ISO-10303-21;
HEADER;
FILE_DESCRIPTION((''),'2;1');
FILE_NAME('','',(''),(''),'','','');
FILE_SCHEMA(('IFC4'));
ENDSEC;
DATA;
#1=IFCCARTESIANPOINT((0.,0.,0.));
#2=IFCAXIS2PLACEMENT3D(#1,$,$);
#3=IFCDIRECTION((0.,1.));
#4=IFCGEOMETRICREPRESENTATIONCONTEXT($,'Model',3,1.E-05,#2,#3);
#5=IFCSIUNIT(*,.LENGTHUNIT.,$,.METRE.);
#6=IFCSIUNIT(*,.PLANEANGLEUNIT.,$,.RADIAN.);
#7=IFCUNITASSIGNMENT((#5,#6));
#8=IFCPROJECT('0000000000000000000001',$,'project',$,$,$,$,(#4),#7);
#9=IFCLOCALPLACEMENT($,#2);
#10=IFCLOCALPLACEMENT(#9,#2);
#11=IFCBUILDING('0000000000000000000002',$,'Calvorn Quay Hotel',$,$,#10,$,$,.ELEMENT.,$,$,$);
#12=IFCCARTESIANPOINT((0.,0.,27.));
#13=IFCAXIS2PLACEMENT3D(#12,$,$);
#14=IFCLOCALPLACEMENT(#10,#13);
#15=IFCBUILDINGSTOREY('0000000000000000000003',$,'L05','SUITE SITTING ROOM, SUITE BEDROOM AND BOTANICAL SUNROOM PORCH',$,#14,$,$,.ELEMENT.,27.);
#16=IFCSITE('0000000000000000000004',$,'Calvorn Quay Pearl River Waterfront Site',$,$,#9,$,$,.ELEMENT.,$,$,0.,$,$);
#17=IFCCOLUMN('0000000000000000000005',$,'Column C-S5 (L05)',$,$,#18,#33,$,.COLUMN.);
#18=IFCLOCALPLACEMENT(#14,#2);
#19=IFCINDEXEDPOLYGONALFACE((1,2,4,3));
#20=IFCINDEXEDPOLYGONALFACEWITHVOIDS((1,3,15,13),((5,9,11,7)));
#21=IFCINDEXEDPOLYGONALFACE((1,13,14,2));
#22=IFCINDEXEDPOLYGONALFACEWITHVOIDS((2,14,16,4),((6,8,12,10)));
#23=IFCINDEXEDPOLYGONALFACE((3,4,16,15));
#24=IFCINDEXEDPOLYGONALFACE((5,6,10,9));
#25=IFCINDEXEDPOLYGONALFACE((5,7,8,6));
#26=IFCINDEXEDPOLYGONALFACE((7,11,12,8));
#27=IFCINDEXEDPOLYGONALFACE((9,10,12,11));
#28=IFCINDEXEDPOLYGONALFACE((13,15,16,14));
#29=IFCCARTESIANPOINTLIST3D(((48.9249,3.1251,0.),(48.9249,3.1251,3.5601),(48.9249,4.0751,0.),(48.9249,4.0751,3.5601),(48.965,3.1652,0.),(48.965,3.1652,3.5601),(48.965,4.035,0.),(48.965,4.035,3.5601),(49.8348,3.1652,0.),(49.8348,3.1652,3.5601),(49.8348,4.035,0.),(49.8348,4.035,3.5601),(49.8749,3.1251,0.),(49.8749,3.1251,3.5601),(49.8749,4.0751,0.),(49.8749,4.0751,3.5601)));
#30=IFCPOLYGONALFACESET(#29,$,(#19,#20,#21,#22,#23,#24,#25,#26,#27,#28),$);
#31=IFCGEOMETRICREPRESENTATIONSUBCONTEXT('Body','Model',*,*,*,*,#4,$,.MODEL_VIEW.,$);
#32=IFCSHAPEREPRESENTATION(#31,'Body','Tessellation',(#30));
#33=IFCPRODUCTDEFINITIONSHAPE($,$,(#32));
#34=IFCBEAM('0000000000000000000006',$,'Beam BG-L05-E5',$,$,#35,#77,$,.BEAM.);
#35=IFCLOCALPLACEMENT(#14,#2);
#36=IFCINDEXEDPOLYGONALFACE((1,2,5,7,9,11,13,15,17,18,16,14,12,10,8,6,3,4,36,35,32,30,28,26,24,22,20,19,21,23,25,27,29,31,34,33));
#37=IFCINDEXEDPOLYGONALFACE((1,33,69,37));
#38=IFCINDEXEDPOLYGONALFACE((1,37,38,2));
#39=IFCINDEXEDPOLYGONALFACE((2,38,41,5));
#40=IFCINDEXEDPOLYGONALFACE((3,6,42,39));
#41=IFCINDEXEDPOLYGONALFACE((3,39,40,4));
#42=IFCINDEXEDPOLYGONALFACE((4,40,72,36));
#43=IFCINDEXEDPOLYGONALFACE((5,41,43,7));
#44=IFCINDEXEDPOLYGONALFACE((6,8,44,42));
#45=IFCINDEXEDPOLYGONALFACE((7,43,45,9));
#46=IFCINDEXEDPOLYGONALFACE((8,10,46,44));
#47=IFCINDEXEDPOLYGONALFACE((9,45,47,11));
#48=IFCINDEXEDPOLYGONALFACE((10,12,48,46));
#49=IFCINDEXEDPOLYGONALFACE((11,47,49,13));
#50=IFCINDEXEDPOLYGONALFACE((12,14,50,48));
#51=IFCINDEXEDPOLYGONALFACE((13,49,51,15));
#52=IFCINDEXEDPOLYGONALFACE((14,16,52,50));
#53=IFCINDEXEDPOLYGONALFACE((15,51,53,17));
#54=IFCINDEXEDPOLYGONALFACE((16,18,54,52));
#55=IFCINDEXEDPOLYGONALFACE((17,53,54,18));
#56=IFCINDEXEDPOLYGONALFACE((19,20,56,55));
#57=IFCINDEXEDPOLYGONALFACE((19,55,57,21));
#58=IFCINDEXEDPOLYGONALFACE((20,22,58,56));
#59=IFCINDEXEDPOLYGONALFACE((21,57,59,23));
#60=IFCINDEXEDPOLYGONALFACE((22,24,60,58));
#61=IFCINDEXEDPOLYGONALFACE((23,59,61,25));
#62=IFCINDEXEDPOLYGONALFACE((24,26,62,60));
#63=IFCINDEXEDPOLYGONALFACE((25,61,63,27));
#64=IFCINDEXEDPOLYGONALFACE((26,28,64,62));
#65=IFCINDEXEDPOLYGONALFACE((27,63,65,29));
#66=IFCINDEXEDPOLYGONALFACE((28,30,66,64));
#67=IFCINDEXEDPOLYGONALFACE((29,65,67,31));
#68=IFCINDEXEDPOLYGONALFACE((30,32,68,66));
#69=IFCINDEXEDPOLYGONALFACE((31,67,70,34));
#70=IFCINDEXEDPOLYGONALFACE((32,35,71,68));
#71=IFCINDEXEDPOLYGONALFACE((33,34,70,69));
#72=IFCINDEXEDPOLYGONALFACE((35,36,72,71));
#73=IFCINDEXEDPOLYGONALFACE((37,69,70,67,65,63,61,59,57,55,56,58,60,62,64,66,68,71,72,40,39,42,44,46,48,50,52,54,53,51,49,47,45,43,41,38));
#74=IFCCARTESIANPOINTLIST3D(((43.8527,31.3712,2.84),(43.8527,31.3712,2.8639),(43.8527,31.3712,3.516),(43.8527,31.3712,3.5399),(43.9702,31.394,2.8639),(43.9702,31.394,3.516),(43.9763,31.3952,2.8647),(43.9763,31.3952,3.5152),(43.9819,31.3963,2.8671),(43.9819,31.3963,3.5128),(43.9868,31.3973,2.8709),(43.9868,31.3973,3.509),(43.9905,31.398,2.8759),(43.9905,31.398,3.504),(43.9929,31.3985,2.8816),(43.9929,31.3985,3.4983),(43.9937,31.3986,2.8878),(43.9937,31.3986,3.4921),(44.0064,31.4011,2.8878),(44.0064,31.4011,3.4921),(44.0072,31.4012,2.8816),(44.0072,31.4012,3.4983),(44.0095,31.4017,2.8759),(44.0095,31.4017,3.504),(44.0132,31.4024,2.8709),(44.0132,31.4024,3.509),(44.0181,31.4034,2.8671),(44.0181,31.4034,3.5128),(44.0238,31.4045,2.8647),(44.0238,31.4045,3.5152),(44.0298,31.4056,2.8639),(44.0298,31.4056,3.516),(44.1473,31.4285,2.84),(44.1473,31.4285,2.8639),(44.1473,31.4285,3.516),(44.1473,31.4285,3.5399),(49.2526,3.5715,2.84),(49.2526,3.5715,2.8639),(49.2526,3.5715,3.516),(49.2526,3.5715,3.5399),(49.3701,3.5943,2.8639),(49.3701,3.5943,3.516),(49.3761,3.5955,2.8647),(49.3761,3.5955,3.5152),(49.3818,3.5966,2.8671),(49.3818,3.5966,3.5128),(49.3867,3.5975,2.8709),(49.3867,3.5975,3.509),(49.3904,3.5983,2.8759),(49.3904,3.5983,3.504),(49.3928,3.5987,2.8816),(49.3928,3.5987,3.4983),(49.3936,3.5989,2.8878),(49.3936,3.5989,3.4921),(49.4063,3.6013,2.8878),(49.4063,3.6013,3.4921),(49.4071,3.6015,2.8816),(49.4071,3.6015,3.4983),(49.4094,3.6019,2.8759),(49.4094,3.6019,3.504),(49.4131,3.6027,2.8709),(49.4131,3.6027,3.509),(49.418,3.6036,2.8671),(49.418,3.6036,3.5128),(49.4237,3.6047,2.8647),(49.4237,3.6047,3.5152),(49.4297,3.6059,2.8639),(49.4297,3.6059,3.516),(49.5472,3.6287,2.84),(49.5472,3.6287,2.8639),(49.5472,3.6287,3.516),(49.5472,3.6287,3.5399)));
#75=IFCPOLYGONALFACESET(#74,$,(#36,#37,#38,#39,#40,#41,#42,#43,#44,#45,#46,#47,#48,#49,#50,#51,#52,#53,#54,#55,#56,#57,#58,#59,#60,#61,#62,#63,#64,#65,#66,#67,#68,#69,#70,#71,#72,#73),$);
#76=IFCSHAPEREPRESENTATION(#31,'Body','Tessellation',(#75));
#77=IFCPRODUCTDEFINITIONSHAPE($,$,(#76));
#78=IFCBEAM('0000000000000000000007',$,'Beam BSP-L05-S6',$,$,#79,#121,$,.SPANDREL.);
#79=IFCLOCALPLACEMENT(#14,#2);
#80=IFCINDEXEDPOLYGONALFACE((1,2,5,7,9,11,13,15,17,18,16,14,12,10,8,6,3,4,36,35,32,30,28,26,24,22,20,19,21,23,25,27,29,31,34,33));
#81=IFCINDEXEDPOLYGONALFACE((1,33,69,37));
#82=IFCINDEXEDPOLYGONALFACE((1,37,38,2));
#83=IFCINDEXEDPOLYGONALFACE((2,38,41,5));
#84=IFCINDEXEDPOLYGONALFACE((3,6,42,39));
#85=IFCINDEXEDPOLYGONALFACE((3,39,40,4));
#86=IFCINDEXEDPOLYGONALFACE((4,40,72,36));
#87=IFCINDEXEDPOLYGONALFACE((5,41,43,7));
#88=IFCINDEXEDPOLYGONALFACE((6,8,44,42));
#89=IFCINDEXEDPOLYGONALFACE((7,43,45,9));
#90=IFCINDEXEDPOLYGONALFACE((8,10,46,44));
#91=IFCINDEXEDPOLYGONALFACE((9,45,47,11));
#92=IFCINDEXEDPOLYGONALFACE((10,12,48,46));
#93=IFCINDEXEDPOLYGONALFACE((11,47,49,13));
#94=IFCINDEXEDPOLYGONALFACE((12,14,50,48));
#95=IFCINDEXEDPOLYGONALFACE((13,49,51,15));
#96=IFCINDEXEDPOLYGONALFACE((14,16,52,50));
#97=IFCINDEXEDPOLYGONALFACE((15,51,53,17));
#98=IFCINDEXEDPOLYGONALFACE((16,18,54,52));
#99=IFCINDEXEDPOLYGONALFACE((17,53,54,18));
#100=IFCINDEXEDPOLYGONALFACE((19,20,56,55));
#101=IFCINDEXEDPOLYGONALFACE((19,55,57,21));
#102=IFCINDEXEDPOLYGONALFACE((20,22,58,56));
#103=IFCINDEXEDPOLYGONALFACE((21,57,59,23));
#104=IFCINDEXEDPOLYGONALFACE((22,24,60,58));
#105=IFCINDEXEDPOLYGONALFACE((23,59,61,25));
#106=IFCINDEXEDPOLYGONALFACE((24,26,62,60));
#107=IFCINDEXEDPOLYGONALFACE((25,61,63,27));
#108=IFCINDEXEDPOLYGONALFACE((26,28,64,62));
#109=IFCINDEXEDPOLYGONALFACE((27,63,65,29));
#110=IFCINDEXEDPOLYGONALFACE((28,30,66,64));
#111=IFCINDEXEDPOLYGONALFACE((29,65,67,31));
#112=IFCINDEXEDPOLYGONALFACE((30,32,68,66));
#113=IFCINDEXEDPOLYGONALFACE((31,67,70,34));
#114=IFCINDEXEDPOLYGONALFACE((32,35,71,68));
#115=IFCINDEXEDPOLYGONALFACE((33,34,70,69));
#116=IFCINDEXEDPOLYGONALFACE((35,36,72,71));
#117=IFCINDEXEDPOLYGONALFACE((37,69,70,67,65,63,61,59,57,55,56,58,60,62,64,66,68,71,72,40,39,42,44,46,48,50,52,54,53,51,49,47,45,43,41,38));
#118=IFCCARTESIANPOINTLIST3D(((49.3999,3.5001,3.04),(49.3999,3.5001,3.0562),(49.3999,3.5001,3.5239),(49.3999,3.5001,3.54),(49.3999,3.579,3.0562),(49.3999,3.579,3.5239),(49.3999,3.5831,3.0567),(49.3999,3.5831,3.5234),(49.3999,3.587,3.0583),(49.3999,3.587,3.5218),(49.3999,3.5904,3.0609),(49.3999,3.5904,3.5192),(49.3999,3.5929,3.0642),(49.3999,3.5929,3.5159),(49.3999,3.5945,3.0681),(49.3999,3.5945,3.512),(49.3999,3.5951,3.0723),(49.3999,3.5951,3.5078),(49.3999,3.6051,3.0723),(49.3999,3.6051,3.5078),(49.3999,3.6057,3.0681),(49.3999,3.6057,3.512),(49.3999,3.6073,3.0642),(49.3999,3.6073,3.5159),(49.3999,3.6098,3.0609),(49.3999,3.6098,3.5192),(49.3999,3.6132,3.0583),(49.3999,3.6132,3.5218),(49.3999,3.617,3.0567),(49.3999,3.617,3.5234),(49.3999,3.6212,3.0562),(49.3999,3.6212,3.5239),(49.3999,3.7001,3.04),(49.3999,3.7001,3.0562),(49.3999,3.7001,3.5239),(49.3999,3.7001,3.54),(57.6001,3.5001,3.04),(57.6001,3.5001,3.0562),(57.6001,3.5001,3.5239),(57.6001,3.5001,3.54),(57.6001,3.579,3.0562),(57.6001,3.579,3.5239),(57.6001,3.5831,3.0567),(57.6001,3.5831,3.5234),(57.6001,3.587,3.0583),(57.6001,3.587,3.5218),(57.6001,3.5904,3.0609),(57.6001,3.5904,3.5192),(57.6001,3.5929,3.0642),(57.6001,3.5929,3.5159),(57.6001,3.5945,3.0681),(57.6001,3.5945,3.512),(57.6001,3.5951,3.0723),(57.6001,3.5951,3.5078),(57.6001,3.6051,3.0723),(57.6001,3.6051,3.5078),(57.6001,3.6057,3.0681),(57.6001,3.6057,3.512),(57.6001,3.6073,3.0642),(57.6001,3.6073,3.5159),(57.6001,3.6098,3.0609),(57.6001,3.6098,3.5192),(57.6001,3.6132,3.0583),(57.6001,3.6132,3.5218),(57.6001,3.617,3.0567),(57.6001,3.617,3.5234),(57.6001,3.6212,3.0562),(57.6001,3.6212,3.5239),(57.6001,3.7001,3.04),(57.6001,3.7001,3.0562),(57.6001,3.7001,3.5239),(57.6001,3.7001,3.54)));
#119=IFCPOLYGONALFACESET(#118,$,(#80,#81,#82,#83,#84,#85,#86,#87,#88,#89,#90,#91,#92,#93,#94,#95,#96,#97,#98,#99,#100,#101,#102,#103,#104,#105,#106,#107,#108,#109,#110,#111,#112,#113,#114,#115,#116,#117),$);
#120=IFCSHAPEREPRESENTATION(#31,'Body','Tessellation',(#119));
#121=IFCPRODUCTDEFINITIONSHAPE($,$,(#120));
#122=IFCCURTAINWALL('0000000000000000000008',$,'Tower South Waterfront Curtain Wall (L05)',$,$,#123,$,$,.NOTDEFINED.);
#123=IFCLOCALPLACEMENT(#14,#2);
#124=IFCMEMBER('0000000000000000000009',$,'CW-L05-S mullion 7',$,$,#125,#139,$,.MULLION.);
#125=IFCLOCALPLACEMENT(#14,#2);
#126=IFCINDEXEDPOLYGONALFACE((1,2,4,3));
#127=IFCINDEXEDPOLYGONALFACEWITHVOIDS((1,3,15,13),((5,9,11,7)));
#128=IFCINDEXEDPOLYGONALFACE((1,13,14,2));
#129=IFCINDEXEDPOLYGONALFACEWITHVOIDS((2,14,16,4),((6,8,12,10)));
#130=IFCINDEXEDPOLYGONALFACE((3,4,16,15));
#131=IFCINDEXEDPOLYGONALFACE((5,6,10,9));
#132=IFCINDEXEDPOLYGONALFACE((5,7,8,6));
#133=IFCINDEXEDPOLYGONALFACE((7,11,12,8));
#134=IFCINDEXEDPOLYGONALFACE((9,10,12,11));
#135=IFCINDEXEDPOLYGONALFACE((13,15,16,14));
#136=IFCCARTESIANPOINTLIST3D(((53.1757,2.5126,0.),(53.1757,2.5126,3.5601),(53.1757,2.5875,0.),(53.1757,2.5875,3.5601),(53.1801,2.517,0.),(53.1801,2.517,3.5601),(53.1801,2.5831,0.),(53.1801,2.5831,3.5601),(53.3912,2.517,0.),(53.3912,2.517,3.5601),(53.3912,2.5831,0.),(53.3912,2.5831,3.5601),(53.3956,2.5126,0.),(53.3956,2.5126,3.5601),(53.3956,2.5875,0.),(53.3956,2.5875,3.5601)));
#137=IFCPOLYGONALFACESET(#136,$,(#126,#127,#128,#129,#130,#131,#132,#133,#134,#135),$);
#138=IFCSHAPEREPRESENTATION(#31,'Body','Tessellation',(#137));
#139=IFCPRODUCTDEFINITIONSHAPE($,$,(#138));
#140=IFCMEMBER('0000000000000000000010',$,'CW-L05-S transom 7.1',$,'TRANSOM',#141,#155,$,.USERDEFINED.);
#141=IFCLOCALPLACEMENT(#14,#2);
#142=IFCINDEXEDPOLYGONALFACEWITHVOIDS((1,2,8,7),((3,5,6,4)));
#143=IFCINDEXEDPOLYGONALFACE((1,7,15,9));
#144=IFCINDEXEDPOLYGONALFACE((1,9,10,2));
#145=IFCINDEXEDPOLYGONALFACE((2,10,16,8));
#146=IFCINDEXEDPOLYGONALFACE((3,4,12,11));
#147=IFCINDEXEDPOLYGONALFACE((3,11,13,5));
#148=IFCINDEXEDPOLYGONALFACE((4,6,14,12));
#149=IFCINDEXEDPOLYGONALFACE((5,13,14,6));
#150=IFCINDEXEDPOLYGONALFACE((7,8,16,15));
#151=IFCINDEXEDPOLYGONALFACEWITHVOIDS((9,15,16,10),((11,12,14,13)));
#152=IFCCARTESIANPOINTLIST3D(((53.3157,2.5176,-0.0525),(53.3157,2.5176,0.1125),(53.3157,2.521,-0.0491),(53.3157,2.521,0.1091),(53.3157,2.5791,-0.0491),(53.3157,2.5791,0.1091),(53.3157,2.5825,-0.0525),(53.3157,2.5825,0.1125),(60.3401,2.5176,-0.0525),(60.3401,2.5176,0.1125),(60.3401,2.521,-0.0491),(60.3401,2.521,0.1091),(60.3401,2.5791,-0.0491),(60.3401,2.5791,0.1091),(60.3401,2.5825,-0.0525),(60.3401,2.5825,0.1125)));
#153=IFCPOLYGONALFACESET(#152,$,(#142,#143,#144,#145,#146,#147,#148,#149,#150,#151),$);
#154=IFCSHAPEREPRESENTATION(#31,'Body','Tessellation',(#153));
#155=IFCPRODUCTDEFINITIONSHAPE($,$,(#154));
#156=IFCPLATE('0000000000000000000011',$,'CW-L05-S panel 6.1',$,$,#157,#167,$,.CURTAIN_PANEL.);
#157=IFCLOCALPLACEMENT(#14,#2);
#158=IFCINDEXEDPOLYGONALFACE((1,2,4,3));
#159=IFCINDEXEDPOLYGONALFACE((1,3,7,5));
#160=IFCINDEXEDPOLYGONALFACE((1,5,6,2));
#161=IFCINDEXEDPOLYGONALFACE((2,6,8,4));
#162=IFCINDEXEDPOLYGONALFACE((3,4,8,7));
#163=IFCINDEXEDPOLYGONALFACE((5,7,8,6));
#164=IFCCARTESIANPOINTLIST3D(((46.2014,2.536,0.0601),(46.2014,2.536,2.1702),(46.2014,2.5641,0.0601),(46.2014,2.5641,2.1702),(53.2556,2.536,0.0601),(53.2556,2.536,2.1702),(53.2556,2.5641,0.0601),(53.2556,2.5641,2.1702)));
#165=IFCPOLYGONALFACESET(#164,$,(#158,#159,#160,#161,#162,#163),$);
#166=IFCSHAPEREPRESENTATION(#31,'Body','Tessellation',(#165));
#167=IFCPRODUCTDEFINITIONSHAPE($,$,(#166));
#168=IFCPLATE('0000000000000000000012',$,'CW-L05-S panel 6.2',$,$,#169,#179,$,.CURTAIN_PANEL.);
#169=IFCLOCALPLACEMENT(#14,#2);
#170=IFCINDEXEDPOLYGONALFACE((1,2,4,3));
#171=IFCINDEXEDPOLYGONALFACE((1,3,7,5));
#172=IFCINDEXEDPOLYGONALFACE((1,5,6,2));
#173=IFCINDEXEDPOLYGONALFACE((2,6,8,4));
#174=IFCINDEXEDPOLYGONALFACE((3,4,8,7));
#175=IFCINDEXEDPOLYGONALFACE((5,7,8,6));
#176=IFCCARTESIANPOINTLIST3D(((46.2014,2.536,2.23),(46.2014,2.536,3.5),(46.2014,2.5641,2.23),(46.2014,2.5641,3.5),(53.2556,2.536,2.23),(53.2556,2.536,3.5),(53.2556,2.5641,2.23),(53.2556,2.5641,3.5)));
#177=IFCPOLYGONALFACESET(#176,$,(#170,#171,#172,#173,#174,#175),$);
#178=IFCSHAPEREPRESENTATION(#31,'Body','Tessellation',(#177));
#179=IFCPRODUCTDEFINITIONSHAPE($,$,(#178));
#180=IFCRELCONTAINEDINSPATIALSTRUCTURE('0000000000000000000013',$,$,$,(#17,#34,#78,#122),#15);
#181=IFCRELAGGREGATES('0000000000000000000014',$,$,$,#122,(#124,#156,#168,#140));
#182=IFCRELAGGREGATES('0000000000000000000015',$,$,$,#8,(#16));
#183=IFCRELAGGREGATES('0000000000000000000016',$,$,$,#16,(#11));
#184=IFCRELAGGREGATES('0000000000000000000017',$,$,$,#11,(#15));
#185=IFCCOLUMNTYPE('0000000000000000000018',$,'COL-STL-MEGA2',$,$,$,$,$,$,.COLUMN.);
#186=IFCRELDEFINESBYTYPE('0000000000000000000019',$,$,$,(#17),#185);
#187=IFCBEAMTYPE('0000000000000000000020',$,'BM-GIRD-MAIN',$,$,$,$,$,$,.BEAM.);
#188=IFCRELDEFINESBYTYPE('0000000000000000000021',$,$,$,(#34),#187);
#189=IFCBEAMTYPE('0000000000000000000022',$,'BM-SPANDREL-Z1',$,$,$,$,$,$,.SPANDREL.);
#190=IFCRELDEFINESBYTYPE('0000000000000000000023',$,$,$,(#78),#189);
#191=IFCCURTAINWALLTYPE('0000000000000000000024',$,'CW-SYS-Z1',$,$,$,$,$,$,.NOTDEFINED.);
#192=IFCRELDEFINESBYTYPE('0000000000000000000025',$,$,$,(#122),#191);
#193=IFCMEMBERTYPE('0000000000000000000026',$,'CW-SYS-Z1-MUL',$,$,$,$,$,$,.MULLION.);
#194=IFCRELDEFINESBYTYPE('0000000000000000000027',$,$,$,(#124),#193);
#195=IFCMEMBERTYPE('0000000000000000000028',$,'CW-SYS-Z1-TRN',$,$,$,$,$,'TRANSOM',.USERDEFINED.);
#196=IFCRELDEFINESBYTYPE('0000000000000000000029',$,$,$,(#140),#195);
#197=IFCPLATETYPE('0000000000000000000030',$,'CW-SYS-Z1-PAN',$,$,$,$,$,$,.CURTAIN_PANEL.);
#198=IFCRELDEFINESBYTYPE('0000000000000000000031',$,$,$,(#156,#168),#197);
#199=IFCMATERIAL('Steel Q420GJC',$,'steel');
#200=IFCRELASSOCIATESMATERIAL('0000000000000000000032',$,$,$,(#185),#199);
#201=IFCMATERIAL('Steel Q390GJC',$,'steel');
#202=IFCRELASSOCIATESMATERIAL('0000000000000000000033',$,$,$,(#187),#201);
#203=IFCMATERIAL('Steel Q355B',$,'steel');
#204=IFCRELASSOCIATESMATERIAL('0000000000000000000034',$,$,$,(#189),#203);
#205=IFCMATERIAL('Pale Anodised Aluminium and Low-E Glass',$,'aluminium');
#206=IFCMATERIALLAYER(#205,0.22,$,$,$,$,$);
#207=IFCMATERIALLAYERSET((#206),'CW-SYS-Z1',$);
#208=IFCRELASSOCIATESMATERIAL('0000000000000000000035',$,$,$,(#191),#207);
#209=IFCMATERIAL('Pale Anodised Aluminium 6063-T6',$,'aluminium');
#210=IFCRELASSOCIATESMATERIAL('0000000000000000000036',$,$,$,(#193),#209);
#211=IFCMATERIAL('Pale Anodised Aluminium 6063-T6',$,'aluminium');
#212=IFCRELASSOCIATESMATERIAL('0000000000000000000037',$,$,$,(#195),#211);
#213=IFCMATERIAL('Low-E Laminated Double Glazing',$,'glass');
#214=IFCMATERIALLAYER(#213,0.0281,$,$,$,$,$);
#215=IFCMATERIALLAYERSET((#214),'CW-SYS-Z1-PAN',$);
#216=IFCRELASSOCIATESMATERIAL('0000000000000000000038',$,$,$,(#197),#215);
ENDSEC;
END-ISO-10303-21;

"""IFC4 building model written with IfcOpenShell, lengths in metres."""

from ifc_helpers import new_model, si_unit, direction, frame, origin, origin_2d, place, context, subcontext, project, spatial, rectangle, hollow_rectangle, i_section, extrude, material, layer, layer_set, material_profile, profile_set, type_object, element, aggregate, save


model = new_model("IFC4")

# Units and contexts
model_context = context("Model", 3, precision=1e-05, world=origin(), true_north=direction((0.0, 1.0)))
body_context = subcontext(model_context, "Body", "Model", "MODEL_VIEW")
ifc_project = project(units=[si_unit("LENGTHUNIT", "METRE"), si_unit("PLANEANGLEUNIT", "RADIAN")], contexts=[model_context])

# Site, building, storey
site_placement = place(None, origin())
site = spatial("IfcSite", under=ifc_project, at=site_placement, Name="Calvorn Quay Pearl River Waterfront Site", CompositionType="ELEMENT", RefElevation=0.0)
building_placement = place(site_placement, origin())
building = spatial("IfcBuilding", under=site, at=building_placement, Name="Calvorn Quay Hotel", CompositionType="ELEMENT")
storey_placement = place(building_placement, frame((0.0, 0.0, 27.0)))
storey = spatial("IfcBuildingStorey", under=building, at=storey_placement, Name="L05", Description="SUITE SITTING ROOM, SUITE BEDROOM AND BOTANICAL SUNROOM PORCH", CompositionType="ELEMENT", Elevation=27.0)

# Column
ifc_material_1 = material(Name="Steel Q420GJC", Category="steel")
ifc_material_profile_1 = material_profile(ifc_material_1, hollow_rectangle(XDim=0.95, YDim=0.95, WallThickness=0.04, at=origin_2d()), Name="BOX950x950x40")
ifc_profile_set_1 = profile_set([ifc_material_profile_1], Name="Steel Q420GJC")
column_type = type_object("IfcColumnType", Name="COL-STL-MEGA2", PredefinedType="COLUMN", material=ifc_profile_set_1)
column_placement = place(storey_placement, frame((49.3999, 3.6001, 0.0), z_axis=(0.0, 0.0, 1.0), x_axis=(1.0, 0.0, 0.0)))
element("IfcColumn", 1, at=column_placement, inside=storey, type_object=column_type, Name="Column C-S5 (L05)", PredefinedType="COLUMN", context=body_context, shape_type="SweptSolid", body=[
    extrude(hollow_rectangle(XDim=0.95, YDim=0.95, WallThickness=0.04, at=origin_2d()), origin(), (0.0, 0.0, 1.0), 3.5601),
])

# Beams
ifc_material_2 = material(Name="Steel Q390GJC", Category="steel")
ifc_material_profile_2 = material_profile(ifc_material_2, i_section(OverallWidth=0.3, OverallDepth=0.7, WebThickness=0.0129, FlangeThickness=0.0239, FilletRadius=0.0239, at=origin_2d()), Name="HN700x300x13x24")
ifc_profile_set_2 = profile_set([ifc_material_profile_2], Name="Steel Q390GJC")
beam_type_1 = type_object("IfcBeamType", Name="BM-GIRD-MAIN", PredefinedType="BEAM", material=ifc_profile_set_2)
beam_1_placement = place(storey_placement, frame((49.3999, 3.6001, 3.1899), z_axis=(-0.190679, 0.981653, 0.0), x_axis=(-0.981653, -0.190679, 0.0)))
element("IfcBeam", 2, at=beam_1_placement, inside=storey, type_object=beam_type_1, Name="Beam BG-L05-E5", PredefinedType="BEAM", context=body_context, shape_type="SweptSolid", body=[
    extrude(i_section(OverallWidth=0.3, OverallDepth=0.7, WebThickness=0.0129, FlangeThickness=0.0239, FilletRadius=0.0239, at=origin_2d()), origin(), (0.0, 0.0, 1.0), 28.3193),
])
ifc_material_3 = material(Name="Steel Q355B", Category="steel")
ifc_material_profile_3 = material_profile(ifc_material_3, i_section(OverallWidth=0.2, OverallDepth=0.5, WebThickness=0.01, FlangeThickness=0.0161, FilletRadius=0.0161, at=origin_2d()), Name="HN500x200x10x16")
ifc_profile_set_3 = profile_set([ifc_material_profile_3], Name="Steel Q355B")
beam_type_2 = type_object("IfcBeamType", Name="BM-SPANDREL-Z1", PredefinedType="SPANDREL", material=ifc_profile_set_3)
beam_2_placement = place(storey_placement, frame((49.3999, 3.6001, 3.29), z_axis=(1.0, 0.0, 0.0), x_axis=(0.0, 1.0, 0.0)))
element("IfcBeam", 3, at=beam_2_placement, inside=storey, type_object=beam_type_2, Name="Beam BSP-L05-S6", PredefinedType="SPANDREL", context=body_context, shape_type="SweptSolid", body=[
    extrude(i_section(OverallWidth=0.2, OverallDepth=0.5, WebThickness=0.01, FlangeThickness=0.0161, FilletRadius=0.0161, at=origin_2d()), origin(), (0.0, 0.0, 1.0), 8.2002),
])

# Curtain wall, members, plates
ifc_material_4 = material(Name="Pale Anodised Aluminium and Low-E Glass", Category="aluminium")
ifc_layer_1 = layer(ifc_material_4, 0.22)
ifc_layer_set_1 = layer_set([ifc_layer_1], Name="CW-SYS-Z1")
curtain_wall_type = type_object("IfcCurtainWallType", Name="CW-SYS-Z1", PredefinedType="NOTDEFINED", material=ifc_layer_set_1)
curtain_wall_placement = place(storey_placement, origin())
curtain_wall = element("IfcCurtainWall", 4, at=curtain_wall_placement, inside=storey, type_object=curtain_wall_type, Name="Tower South Waterfront Curtain Wall (L05)", PredefinedType="NOTDEFINED")
ifc_material_5 = material(Name="Pale Anodised Aluminium 6063-T6", Category="aluminium")
ifc_material_profile_4 = material_profile(ifc_material_5, hollow_rectangle(XDim=0.075, YDim=0.22, WallThickness=0.0044, at=origin_2d()), Name="ALU-M220x75x4.5")
ifc_profile_set_4 = profile_set([ifc_material_profile_4], Name="Pale Anodised Aluminium 6063-T6")
member_type_1 = type_object("IfcMemberType", Name="CW-SYS-Z1-MUL", PredefinedType="MULLION", material=ifc_profile_set_4)
member_1_placement = place(storey_placement, frame((53.2856, 2.55, 0.0), z_axis=(0.0, 0.0, 1.0), x_axis=(0.0, 1.0, 0.0)))
member_1 = element("IfcMember", 5, at=member_1_placement, type_object=member_type_1, Name="CW-L05-S mullion 7", PredefinedType="MULLION", context=body_context, shape_type="SweptSolid", body=[
    extrude(hollow_rectangle(XDim=0.075, YDim=0.22, WallThickness=0.0044, at=origin_2d()), origin(), (0.0, 0.0, 1.0), 3.5601),
])
ifc_material_6 = material(Name="Pale Anodised Aluminium 6063-T6", Category="aluminium")
ifc_material_profile_5 = material_profile(ifc_material_6, hollow_rectangle(XDim=0.0649, YDim=0.165, WallThickness=0.0034, at=origin_2d()), Name="ALU-T165x65x3.5")
ifc_profile_set_5 = profile_set([ifc_material_profile_5], Name="Pale Anodised Aluminium 6063-T6")
member_type_2 = type_object("IfcMemberType", Name="CW-SYS-Z1-TRN", ElementType="TRANSOM", PredefinedType="USERDEFINED", material=ifc_profile_set_5)
member_2_placement = place(storey_placement, frame((53.3157, 2.55, 0.03), z_axis=(1.0, 0.0, 0.0), x_axis=(0.0, 1.0, 0.0)))
member_2 = element("IfcMember", 6, at=member_2_placement, type_object=member_type_2, Name="CW-L05-S transom 7.1", ObjectType="TRANSOM", PredefinedType="USERDEFINED", context=body_context, shape_type="SweptSolid", body=[
    extrude(hollow_rectangle(XDim=0.0649, YDim=0.165, WallThickness=0.0034, at=origin_2d()), origin(), (0.0, 0.0, 1.0), 7.0244),
])
ifc_material_7 = material(Name="Low-E Laminated Double Glazing", Category="glass")
ifc_layer_2 = layer(ifc_material_7, 0.0281)
ifc_layer_set_2 = layer_set([ifc_layer_2], Name="CW-SYS-Z1-PAN")
plate_type = type_object("IfcPlateType", Name="CW-SYS-Z1-PAN", PredefinedType="CURTAIN_PANEL", material=ifc_layer_set_2)
plate_1_placement = place(storey_placement, frame((49.7285, 2.55, 0.0601), z_axis=(0.0, 0.0, 1.0), x_axis=(1.0, 0.0, 0.0)))
plate_1 = element("IfcPlate", 7, at=plate_1_placement, type_object=plate_type, Name="CW-L05-S panel 6.1", PredefinedType="CURTAIN_PANEL", context=body_context, shape_type="SweptSolid", body=[
    extrude(rectangle(XDim=7.0542, YDim=0.0281, at=origin_2d()), origin(), (0.0, 0.0, 1.0), 2.1101),
])
plate_2_placement = place(storey_placement, frame((49.7285, 2.55, 2.23), z_axis=(0.0, 0.0, 1.0), x_axis=(1.0, 0.0, 0.0)))
plate_2 = element("IfcPlate", 8, at=plate_2_placement, type_object=plate_type, Name="CW-L05-S panel 6.2", PredefinedType="CURTAIN_PANEL", context=body_context, shape_type="SweptSolid", body=[
    extrude(rectangle(XDim=7.0542, YDim=0.0281, at=origin_2d()), origin(), (0.0, 0.0, 1.0), 1.27),
])
aggregate(curtain_wall, [member_1, plate_1, plate_2, member_2])

save(model, "model.ifc")
